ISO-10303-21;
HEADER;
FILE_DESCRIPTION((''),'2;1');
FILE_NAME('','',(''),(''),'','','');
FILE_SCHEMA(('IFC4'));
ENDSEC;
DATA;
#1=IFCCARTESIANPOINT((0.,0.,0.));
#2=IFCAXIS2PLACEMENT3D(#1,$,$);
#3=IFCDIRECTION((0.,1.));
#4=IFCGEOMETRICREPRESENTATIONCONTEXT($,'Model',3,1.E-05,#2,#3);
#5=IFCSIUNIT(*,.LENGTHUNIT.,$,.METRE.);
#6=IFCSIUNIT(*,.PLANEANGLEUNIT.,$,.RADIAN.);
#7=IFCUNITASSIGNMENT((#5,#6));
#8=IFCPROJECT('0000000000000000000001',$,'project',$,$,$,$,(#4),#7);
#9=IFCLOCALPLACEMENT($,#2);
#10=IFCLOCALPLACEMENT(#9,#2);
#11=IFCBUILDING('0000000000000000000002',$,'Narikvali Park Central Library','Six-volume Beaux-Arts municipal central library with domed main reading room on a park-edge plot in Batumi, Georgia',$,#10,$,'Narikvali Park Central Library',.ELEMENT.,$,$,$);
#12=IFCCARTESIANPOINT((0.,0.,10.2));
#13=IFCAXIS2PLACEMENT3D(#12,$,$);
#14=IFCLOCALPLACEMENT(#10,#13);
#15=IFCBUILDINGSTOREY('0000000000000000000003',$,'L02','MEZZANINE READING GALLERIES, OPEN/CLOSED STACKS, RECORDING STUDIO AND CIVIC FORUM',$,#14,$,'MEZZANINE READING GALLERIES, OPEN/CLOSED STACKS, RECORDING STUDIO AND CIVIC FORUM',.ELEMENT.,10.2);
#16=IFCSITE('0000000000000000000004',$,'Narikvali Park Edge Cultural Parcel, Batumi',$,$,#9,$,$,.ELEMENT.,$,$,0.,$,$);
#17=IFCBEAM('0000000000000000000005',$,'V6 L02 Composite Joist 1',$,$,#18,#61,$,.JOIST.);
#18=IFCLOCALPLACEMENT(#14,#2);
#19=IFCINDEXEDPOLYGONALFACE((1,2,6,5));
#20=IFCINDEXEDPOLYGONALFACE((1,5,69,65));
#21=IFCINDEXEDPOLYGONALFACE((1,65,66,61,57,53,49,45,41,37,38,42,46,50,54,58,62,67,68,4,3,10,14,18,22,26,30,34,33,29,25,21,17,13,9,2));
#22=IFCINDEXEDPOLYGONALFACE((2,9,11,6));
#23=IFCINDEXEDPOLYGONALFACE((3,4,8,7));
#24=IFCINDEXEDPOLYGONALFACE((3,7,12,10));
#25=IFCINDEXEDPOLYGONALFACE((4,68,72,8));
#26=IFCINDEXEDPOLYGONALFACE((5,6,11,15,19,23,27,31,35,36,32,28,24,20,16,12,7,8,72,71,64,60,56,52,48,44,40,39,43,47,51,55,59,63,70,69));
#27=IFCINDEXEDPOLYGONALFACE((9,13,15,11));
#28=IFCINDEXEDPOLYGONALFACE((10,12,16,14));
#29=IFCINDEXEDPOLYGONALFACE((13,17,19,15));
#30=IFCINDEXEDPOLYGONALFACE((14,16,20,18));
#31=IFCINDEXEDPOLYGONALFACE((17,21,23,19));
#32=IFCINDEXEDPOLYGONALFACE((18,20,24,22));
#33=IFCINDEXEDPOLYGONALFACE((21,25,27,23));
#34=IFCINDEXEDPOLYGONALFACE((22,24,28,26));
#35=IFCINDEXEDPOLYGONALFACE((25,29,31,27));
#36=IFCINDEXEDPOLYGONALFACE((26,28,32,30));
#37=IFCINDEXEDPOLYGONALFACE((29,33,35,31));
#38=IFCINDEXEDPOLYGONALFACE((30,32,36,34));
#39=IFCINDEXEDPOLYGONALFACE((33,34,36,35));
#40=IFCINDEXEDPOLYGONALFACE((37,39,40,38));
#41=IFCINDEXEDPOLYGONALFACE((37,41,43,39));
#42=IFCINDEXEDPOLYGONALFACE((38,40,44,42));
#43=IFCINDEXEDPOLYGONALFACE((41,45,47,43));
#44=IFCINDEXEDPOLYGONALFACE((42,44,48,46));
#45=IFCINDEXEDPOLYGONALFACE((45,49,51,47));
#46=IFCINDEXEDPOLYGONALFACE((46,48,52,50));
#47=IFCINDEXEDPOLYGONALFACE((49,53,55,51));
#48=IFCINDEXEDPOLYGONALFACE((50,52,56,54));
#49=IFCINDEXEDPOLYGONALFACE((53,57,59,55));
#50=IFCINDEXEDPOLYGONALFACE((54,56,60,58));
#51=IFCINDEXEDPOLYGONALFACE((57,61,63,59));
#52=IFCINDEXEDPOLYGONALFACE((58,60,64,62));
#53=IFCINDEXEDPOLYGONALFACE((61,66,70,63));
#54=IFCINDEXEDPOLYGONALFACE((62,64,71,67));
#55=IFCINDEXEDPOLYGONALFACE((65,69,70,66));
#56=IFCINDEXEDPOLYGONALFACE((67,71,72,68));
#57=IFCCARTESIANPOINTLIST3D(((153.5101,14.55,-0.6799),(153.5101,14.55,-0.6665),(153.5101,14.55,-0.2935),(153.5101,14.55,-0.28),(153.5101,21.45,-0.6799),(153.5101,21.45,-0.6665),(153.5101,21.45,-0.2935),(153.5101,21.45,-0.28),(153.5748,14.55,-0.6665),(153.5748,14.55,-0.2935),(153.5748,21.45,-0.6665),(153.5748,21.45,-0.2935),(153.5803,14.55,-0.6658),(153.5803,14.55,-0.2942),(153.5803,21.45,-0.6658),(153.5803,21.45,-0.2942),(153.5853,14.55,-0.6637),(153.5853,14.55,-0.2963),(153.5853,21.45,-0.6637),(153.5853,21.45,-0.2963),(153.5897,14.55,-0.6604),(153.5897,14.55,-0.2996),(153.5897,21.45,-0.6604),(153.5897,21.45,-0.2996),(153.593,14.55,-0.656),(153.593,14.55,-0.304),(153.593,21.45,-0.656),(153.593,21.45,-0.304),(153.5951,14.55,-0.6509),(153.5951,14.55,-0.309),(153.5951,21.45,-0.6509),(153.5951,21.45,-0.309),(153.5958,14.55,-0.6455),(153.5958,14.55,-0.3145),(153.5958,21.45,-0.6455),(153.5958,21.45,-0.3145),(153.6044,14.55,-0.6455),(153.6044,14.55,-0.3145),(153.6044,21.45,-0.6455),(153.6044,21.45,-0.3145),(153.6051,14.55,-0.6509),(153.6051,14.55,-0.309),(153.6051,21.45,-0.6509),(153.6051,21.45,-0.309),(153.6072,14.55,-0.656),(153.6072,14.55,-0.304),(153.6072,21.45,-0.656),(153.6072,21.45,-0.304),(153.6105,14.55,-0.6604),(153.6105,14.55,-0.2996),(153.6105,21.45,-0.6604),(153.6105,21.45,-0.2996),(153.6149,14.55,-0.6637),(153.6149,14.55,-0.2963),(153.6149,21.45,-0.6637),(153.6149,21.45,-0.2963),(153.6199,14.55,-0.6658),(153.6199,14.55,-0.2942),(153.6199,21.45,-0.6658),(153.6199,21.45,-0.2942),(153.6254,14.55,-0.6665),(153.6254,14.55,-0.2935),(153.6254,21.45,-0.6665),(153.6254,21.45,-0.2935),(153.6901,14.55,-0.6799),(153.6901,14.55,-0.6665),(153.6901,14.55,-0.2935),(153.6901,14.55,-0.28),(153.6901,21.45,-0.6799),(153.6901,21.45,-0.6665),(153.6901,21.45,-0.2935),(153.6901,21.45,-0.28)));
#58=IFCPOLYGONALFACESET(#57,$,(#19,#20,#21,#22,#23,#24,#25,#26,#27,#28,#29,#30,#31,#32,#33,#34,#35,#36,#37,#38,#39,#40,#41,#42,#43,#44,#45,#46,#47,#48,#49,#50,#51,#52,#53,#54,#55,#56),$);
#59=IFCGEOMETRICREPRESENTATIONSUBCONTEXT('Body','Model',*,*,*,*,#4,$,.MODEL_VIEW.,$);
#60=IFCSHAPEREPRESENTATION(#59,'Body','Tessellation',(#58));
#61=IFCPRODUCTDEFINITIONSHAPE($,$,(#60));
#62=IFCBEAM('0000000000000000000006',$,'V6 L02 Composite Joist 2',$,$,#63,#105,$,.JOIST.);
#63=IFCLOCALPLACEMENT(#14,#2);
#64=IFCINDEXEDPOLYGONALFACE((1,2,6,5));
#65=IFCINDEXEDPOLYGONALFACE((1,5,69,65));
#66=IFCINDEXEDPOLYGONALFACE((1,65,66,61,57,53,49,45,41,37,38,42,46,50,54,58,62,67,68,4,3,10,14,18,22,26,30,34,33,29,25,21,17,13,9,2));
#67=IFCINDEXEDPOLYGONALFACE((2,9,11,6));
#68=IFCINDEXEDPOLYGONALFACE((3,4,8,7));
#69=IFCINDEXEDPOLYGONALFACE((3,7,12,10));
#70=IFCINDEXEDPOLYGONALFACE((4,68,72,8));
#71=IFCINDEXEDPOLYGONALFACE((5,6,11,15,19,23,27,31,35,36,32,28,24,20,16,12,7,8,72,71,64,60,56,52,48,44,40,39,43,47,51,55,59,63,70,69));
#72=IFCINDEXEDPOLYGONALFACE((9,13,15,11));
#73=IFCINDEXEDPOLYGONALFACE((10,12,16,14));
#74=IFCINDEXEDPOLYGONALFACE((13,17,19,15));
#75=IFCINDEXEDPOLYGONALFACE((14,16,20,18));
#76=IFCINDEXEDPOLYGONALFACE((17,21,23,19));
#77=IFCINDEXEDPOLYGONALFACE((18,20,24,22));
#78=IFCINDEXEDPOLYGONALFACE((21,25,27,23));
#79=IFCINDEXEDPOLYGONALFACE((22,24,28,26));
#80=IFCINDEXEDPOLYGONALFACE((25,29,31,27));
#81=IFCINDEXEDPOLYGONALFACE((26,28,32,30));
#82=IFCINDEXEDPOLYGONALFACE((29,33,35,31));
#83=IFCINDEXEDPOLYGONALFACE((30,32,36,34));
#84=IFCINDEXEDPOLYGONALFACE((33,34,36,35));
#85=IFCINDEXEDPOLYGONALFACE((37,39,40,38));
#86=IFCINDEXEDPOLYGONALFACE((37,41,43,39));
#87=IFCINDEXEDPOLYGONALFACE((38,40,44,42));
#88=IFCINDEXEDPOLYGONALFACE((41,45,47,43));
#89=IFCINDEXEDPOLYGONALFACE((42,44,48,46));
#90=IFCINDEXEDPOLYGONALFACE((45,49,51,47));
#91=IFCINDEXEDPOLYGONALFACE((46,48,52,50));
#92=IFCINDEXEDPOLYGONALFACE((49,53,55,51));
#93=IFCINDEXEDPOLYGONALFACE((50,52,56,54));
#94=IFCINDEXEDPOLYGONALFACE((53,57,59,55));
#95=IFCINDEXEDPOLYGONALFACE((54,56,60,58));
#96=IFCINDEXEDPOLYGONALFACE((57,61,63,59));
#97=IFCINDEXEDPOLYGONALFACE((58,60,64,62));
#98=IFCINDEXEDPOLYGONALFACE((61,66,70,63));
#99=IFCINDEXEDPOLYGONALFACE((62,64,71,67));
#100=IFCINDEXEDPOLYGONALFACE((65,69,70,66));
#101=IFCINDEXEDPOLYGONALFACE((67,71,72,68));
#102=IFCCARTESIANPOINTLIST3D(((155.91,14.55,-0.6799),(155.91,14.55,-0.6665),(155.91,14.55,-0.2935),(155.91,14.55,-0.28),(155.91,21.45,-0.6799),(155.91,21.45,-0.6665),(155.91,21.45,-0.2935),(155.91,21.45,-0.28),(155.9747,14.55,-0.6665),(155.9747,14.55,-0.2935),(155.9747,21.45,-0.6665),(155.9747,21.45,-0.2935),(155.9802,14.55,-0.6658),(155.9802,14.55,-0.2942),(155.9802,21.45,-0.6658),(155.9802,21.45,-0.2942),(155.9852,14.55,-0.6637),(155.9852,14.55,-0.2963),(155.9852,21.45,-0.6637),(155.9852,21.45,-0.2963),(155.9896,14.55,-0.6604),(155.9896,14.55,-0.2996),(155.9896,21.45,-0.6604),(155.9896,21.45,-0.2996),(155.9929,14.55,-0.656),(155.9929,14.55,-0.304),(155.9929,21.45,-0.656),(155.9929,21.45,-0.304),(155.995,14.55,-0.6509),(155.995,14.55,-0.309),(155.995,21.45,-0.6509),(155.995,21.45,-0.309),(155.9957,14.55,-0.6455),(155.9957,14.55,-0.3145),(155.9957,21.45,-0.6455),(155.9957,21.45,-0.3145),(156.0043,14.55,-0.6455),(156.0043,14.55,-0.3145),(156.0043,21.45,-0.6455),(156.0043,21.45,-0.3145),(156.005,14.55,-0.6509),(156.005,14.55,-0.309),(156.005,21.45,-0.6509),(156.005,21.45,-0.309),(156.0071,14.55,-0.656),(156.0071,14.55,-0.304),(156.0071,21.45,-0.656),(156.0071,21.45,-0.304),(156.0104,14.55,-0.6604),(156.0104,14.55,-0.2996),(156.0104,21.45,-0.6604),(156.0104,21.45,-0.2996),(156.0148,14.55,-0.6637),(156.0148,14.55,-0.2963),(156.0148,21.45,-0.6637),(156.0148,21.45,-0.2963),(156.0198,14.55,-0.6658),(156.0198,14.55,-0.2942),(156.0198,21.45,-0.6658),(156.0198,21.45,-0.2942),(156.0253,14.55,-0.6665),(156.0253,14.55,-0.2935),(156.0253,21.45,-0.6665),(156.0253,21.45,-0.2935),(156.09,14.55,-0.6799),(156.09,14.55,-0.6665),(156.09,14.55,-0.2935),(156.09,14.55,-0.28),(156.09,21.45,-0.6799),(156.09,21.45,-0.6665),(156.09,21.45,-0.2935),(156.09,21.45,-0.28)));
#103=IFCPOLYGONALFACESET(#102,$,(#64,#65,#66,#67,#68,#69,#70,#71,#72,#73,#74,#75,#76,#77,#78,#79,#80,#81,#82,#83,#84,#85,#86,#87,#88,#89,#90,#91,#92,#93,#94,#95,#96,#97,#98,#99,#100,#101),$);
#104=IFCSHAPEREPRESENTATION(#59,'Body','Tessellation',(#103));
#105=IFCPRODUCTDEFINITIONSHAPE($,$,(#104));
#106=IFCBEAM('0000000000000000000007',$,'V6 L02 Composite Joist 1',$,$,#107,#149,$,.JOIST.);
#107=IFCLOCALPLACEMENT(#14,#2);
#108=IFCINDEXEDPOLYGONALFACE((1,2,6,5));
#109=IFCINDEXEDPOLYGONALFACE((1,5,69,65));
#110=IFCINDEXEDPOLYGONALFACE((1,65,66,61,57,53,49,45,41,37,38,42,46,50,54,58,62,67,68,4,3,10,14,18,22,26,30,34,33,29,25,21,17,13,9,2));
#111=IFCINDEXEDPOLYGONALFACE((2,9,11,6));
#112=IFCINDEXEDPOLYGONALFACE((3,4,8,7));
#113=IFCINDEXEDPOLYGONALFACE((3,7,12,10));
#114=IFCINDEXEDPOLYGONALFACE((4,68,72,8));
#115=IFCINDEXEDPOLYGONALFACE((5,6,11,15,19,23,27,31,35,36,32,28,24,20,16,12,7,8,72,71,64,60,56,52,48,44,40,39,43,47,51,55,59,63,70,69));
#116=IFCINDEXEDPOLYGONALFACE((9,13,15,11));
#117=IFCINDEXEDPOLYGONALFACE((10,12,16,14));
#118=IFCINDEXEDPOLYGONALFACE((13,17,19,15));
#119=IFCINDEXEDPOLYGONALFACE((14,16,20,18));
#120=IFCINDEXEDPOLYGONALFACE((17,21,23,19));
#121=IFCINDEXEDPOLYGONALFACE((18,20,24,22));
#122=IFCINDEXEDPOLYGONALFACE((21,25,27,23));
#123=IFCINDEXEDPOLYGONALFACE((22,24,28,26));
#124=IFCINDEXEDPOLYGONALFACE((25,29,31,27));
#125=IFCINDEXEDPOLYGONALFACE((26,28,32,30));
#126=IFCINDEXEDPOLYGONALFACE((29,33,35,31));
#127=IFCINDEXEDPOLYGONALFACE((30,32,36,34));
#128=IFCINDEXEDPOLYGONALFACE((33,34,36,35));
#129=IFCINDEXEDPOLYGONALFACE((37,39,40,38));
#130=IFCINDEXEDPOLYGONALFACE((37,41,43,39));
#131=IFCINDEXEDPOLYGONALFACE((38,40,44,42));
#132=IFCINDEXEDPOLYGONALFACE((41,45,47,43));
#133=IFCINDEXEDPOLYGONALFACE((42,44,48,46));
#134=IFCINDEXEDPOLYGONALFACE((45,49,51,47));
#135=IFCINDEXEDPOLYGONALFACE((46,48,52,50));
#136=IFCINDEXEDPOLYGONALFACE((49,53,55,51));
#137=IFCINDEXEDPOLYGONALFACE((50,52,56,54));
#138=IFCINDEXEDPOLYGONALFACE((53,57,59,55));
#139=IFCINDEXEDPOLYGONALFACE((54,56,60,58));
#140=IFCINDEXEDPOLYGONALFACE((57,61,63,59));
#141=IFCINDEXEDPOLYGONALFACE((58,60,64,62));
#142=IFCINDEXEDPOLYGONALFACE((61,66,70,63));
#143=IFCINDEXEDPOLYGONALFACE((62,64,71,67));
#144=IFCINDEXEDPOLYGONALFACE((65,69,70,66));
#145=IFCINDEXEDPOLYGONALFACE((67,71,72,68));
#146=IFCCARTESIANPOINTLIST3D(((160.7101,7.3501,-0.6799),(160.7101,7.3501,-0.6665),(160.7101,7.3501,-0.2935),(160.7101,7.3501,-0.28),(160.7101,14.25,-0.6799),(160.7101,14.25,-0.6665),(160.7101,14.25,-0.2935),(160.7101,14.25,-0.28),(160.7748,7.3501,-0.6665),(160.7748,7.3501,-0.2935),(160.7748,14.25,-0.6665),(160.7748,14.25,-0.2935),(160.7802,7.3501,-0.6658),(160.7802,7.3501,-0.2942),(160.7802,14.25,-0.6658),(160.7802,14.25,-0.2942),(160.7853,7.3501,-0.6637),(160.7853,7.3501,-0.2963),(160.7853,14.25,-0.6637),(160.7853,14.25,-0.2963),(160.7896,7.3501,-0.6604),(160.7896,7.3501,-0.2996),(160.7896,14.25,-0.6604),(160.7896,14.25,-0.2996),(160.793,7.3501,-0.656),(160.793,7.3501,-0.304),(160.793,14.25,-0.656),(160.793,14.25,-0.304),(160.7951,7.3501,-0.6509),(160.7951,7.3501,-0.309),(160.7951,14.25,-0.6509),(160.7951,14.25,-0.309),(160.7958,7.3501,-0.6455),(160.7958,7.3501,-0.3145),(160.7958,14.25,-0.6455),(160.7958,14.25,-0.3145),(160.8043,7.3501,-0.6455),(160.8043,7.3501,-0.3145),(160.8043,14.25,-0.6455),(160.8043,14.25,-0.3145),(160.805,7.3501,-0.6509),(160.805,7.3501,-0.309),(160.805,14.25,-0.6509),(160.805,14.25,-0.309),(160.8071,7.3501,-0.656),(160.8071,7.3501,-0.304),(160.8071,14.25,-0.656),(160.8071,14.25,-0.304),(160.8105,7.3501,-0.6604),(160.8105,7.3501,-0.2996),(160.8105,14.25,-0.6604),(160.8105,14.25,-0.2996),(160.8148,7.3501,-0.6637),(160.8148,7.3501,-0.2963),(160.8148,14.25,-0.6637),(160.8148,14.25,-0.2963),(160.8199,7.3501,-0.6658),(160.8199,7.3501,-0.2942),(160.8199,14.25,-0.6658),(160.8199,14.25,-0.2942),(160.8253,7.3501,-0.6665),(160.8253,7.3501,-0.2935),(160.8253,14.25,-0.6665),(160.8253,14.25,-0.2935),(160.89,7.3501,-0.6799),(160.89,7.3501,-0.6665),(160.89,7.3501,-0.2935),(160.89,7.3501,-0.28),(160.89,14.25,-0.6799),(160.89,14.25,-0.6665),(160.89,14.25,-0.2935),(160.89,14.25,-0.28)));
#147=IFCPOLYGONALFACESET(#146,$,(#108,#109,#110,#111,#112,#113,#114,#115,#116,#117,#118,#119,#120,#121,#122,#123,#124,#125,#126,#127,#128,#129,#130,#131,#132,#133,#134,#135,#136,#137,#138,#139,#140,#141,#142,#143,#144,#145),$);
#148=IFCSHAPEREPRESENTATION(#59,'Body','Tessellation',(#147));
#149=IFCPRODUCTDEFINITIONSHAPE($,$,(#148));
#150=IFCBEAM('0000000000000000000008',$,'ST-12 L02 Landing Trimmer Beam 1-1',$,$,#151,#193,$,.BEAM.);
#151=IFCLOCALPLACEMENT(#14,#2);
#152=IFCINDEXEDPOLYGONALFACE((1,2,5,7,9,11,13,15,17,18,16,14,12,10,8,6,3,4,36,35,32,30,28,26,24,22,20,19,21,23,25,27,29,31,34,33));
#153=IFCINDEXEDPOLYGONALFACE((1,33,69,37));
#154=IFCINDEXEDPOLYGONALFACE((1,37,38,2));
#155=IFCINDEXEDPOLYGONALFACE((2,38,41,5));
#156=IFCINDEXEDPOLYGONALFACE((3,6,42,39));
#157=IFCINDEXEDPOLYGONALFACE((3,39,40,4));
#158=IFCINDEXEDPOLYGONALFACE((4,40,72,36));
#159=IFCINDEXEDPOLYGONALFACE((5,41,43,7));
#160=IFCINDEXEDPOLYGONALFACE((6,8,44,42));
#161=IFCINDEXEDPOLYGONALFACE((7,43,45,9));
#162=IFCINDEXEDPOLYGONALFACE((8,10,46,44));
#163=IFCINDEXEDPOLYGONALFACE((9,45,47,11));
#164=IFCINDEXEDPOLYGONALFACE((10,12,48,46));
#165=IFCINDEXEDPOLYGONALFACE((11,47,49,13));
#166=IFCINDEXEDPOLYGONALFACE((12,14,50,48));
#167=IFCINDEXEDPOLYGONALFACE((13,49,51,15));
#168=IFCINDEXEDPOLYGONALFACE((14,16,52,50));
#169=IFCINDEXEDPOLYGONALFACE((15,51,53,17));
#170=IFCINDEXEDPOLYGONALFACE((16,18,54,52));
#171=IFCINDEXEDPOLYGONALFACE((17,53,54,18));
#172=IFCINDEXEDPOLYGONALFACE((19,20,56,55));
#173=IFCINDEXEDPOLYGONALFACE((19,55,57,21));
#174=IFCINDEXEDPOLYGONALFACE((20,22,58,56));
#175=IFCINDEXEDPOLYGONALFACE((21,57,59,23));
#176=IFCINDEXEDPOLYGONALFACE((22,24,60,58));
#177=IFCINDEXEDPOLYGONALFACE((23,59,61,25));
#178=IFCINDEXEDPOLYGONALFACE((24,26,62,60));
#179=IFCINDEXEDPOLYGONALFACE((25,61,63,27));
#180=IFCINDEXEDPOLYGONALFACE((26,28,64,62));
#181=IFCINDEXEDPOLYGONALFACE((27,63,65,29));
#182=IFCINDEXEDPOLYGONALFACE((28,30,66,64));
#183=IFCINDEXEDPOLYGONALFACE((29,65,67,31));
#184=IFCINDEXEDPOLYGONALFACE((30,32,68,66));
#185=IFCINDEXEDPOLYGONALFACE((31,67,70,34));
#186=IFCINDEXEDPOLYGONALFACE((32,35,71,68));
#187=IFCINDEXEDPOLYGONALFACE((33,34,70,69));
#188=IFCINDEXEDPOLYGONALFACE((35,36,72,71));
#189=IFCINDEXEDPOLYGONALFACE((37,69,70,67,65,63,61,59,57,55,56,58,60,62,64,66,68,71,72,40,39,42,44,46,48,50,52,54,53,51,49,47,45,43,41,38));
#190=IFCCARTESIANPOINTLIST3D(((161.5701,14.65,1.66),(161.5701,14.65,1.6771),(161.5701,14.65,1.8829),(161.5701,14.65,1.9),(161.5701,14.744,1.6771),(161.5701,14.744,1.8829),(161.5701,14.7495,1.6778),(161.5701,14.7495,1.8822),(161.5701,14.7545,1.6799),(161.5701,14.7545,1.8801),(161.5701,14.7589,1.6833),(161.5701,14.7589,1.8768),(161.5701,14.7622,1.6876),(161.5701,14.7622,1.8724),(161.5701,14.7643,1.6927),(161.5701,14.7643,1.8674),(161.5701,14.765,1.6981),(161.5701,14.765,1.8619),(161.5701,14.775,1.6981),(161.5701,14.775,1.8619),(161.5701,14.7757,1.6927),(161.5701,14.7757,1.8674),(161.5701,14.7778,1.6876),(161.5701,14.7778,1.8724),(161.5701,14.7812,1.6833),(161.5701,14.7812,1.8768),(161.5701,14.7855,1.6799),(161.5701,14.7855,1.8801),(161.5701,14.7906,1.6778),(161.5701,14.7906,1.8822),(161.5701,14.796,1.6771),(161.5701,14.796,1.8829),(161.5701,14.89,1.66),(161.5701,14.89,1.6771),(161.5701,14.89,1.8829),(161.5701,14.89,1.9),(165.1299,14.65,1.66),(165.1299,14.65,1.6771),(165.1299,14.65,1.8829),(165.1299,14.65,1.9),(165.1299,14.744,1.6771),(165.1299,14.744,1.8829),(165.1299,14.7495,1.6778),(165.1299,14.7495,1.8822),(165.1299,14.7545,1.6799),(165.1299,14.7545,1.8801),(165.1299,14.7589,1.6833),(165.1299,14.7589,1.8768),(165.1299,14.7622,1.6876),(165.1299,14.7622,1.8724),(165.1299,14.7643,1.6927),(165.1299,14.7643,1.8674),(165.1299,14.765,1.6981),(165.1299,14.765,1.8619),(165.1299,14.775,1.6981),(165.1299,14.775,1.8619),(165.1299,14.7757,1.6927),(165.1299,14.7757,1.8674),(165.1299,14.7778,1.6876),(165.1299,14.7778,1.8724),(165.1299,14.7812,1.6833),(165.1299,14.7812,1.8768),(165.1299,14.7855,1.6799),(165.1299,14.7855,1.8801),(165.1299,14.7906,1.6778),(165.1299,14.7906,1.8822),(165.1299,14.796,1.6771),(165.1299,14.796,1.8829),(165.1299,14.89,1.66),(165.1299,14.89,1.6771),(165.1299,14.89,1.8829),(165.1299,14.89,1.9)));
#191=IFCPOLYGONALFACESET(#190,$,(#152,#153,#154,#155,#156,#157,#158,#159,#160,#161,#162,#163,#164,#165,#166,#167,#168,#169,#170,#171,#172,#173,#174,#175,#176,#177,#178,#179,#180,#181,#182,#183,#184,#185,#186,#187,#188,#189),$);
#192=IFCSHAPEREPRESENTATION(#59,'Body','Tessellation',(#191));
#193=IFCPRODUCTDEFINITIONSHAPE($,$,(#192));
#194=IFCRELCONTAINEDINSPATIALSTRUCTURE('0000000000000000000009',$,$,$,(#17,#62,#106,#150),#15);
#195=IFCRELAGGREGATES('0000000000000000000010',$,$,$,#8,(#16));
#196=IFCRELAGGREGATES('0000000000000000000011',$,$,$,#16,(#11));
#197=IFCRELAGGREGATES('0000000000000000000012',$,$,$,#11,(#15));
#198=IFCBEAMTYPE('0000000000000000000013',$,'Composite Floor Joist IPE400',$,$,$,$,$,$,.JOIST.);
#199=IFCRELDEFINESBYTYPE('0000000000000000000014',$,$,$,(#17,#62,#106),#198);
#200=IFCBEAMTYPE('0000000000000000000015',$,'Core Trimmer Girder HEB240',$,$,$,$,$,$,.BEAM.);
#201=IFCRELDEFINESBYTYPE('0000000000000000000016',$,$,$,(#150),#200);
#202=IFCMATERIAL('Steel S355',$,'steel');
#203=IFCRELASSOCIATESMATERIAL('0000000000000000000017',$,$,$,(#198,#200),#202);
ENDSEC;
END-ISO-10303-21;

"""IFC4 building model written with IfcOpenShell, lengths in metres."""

from ifc_helpers import new_model, si_unit, direction, frame, origin, origin_2d, place, context, subcontext, project, spatial, i_section, extrude, material, material_profile, profile_set, type_object, element, save


model = new_model("IFC4")

# Units and contexts
model_context = context("Model", 3, precision=1e-05, world=origin(), true_north=direction((0.0, 1.0)))
body_context = subcontext(model_context, "Body", "Model", "MODEL_VIEW")
ifc_project = project(units=[si_unit("LENGTHUNIT", "METRE"), si_unit("PLANEANGLEUNIT", "RADIAN")], contexts=[model_context])

# Site, building, storey
site_placement = place(None, origin())
site = spatial("IfcSite", under=ifc_project, at=site_placement, Name="Narikvali Park Edge Cultural Parcel, Batumi", CompositionType="ELEMENT", RefElevation=0.0)
building_placement = place(site_placement, origin())
building = spatial("IfcBuilding", under=site, at=building_placement, Name="Narikvali Park Central Library", Description="Six-volume Beaux-Arts municipal central library with domed main reading room on a park-edge plot in Batumi, Georgia", LongName="Narikvali Park Central Library", CompositionType="ELEMENT")
storey_placement = place(building_placement, frame((0.0, 0.0, 10.2)))
storey = spatial("IfcBuildingStorey", under=building, at=storey_placement, Name="L02", Description="MEZZANINE READING GALLERIES, OPEN/CLOSED STACKS, RECORDING STUDIO AND CIVIC FORUM", LongName="MEZZANINE READING GALLERIES, OPEN/CLOSED STACKS, RECORDING STUDIO AND CIVIC FORUM", CompositionType="ELEMENT", Elevation=10.2)

# Shared definitions
ifc_material_1 = material(Name="Steel S355", Category="steel")

# Beams
ifc_material_profile_1 = material_profile(ifc_material_1, i_section(OverallWidth=0.1799, OverallDepth=0.3999, WebThickness=0.0085, FlangeThickness=0.0134, FilletRadius=0.021, at=origin_2d()), Name="IPE 400")
ifc_profile_set_1 = profile_set([ifc_material_profile_1], Name="Steel S355")
beam_type_1 = type_object("IfcBeamType", Name="Composite Floor Joist IPE400", PredefinedType="JOIST", material=ifc_profile_set_1)
for number, where, z_axis, x_axis, name in (
    (1, (153.6001, 14.55, -0.48), (0.0, 1.0, 0.0), (-1.0, 0.0, 0.0), "V6 L02 Composite Joist 1"),
    (2, (156.0, 14.55, -0.48), (0.0, 1.0, 0.0), (-1.0, 0.0, 0.0), "V6 L02 Composite Joist 2"),
    (3, (160.8, 7.3501, -0.48), (0.0, 1.0, 0.0), (-1.0, 0.0, 0.0), "V6 L02 Composite Joist 1"),
):
    element("IfcBeam", number, at=place(storey_placement, frame(where, z_axis=z_axis, x_axis=x_axis)), inside=storey, type_object=beam_type_1, Name=name, PredefinedType="JOIST", context=body_context, shape_type="SweptSolid", body=[
        extrude(i_section(OverallWidth=0.1799, OverallDepth=0.3999, WebThickness=0.0085, FlangeThickness=0.0134, FilletRadius=0.021, at=origin_2d()), origin(), (0.0, 0.0, 1.0), 6.8999),
    ])
ifc_material_profile_2 = material_profile(ifc_material_1, i_section(OverallWidth=0.24, OverallDepth=0.24, WebThickness=0.01, FlangeThickness=0.0171, FilletRadius=0.021, at=origin_2d()), Name="HEB 240")
ifc_profile_set_2 = profile_set([ifc_material_profile_2], Name="Steel S355")
beam_type_2 = type_object("IfcBeamType", Name="Core Trimmer Girder HEB240", PredefinedType="BEAM", material=ifc_profile_set_2)
for number, where, z_axis, x_axis, name in (
    (4, (161.5701, 14.77, 1.78), (1.0, 0.0, 0.0), (0.0, 1.0, 0.0), "ST-12 L02 Landing Trimmer Beam 1-1"),
):
    element("IfcBeam", number, at=place(storey_placement, frame(where, z_axis=z_axis, x_axis=x_axis)), inside=storey, type_object=beam_type_2, Name=name, PredefinedType="BEAM", context=body_context, shape_type="SweptSolid", body=[
        extrude(i_section(OverallWidth=0.24, OverallDepth=0.24, WebThickness=0.01, FlangeThickness=0.0171, FilletRadius=0.021, at=origin_2d()), origin(), (0.0, 0.0, 1.0), 3.5598),
    ])

save(model, "model.ifc")
